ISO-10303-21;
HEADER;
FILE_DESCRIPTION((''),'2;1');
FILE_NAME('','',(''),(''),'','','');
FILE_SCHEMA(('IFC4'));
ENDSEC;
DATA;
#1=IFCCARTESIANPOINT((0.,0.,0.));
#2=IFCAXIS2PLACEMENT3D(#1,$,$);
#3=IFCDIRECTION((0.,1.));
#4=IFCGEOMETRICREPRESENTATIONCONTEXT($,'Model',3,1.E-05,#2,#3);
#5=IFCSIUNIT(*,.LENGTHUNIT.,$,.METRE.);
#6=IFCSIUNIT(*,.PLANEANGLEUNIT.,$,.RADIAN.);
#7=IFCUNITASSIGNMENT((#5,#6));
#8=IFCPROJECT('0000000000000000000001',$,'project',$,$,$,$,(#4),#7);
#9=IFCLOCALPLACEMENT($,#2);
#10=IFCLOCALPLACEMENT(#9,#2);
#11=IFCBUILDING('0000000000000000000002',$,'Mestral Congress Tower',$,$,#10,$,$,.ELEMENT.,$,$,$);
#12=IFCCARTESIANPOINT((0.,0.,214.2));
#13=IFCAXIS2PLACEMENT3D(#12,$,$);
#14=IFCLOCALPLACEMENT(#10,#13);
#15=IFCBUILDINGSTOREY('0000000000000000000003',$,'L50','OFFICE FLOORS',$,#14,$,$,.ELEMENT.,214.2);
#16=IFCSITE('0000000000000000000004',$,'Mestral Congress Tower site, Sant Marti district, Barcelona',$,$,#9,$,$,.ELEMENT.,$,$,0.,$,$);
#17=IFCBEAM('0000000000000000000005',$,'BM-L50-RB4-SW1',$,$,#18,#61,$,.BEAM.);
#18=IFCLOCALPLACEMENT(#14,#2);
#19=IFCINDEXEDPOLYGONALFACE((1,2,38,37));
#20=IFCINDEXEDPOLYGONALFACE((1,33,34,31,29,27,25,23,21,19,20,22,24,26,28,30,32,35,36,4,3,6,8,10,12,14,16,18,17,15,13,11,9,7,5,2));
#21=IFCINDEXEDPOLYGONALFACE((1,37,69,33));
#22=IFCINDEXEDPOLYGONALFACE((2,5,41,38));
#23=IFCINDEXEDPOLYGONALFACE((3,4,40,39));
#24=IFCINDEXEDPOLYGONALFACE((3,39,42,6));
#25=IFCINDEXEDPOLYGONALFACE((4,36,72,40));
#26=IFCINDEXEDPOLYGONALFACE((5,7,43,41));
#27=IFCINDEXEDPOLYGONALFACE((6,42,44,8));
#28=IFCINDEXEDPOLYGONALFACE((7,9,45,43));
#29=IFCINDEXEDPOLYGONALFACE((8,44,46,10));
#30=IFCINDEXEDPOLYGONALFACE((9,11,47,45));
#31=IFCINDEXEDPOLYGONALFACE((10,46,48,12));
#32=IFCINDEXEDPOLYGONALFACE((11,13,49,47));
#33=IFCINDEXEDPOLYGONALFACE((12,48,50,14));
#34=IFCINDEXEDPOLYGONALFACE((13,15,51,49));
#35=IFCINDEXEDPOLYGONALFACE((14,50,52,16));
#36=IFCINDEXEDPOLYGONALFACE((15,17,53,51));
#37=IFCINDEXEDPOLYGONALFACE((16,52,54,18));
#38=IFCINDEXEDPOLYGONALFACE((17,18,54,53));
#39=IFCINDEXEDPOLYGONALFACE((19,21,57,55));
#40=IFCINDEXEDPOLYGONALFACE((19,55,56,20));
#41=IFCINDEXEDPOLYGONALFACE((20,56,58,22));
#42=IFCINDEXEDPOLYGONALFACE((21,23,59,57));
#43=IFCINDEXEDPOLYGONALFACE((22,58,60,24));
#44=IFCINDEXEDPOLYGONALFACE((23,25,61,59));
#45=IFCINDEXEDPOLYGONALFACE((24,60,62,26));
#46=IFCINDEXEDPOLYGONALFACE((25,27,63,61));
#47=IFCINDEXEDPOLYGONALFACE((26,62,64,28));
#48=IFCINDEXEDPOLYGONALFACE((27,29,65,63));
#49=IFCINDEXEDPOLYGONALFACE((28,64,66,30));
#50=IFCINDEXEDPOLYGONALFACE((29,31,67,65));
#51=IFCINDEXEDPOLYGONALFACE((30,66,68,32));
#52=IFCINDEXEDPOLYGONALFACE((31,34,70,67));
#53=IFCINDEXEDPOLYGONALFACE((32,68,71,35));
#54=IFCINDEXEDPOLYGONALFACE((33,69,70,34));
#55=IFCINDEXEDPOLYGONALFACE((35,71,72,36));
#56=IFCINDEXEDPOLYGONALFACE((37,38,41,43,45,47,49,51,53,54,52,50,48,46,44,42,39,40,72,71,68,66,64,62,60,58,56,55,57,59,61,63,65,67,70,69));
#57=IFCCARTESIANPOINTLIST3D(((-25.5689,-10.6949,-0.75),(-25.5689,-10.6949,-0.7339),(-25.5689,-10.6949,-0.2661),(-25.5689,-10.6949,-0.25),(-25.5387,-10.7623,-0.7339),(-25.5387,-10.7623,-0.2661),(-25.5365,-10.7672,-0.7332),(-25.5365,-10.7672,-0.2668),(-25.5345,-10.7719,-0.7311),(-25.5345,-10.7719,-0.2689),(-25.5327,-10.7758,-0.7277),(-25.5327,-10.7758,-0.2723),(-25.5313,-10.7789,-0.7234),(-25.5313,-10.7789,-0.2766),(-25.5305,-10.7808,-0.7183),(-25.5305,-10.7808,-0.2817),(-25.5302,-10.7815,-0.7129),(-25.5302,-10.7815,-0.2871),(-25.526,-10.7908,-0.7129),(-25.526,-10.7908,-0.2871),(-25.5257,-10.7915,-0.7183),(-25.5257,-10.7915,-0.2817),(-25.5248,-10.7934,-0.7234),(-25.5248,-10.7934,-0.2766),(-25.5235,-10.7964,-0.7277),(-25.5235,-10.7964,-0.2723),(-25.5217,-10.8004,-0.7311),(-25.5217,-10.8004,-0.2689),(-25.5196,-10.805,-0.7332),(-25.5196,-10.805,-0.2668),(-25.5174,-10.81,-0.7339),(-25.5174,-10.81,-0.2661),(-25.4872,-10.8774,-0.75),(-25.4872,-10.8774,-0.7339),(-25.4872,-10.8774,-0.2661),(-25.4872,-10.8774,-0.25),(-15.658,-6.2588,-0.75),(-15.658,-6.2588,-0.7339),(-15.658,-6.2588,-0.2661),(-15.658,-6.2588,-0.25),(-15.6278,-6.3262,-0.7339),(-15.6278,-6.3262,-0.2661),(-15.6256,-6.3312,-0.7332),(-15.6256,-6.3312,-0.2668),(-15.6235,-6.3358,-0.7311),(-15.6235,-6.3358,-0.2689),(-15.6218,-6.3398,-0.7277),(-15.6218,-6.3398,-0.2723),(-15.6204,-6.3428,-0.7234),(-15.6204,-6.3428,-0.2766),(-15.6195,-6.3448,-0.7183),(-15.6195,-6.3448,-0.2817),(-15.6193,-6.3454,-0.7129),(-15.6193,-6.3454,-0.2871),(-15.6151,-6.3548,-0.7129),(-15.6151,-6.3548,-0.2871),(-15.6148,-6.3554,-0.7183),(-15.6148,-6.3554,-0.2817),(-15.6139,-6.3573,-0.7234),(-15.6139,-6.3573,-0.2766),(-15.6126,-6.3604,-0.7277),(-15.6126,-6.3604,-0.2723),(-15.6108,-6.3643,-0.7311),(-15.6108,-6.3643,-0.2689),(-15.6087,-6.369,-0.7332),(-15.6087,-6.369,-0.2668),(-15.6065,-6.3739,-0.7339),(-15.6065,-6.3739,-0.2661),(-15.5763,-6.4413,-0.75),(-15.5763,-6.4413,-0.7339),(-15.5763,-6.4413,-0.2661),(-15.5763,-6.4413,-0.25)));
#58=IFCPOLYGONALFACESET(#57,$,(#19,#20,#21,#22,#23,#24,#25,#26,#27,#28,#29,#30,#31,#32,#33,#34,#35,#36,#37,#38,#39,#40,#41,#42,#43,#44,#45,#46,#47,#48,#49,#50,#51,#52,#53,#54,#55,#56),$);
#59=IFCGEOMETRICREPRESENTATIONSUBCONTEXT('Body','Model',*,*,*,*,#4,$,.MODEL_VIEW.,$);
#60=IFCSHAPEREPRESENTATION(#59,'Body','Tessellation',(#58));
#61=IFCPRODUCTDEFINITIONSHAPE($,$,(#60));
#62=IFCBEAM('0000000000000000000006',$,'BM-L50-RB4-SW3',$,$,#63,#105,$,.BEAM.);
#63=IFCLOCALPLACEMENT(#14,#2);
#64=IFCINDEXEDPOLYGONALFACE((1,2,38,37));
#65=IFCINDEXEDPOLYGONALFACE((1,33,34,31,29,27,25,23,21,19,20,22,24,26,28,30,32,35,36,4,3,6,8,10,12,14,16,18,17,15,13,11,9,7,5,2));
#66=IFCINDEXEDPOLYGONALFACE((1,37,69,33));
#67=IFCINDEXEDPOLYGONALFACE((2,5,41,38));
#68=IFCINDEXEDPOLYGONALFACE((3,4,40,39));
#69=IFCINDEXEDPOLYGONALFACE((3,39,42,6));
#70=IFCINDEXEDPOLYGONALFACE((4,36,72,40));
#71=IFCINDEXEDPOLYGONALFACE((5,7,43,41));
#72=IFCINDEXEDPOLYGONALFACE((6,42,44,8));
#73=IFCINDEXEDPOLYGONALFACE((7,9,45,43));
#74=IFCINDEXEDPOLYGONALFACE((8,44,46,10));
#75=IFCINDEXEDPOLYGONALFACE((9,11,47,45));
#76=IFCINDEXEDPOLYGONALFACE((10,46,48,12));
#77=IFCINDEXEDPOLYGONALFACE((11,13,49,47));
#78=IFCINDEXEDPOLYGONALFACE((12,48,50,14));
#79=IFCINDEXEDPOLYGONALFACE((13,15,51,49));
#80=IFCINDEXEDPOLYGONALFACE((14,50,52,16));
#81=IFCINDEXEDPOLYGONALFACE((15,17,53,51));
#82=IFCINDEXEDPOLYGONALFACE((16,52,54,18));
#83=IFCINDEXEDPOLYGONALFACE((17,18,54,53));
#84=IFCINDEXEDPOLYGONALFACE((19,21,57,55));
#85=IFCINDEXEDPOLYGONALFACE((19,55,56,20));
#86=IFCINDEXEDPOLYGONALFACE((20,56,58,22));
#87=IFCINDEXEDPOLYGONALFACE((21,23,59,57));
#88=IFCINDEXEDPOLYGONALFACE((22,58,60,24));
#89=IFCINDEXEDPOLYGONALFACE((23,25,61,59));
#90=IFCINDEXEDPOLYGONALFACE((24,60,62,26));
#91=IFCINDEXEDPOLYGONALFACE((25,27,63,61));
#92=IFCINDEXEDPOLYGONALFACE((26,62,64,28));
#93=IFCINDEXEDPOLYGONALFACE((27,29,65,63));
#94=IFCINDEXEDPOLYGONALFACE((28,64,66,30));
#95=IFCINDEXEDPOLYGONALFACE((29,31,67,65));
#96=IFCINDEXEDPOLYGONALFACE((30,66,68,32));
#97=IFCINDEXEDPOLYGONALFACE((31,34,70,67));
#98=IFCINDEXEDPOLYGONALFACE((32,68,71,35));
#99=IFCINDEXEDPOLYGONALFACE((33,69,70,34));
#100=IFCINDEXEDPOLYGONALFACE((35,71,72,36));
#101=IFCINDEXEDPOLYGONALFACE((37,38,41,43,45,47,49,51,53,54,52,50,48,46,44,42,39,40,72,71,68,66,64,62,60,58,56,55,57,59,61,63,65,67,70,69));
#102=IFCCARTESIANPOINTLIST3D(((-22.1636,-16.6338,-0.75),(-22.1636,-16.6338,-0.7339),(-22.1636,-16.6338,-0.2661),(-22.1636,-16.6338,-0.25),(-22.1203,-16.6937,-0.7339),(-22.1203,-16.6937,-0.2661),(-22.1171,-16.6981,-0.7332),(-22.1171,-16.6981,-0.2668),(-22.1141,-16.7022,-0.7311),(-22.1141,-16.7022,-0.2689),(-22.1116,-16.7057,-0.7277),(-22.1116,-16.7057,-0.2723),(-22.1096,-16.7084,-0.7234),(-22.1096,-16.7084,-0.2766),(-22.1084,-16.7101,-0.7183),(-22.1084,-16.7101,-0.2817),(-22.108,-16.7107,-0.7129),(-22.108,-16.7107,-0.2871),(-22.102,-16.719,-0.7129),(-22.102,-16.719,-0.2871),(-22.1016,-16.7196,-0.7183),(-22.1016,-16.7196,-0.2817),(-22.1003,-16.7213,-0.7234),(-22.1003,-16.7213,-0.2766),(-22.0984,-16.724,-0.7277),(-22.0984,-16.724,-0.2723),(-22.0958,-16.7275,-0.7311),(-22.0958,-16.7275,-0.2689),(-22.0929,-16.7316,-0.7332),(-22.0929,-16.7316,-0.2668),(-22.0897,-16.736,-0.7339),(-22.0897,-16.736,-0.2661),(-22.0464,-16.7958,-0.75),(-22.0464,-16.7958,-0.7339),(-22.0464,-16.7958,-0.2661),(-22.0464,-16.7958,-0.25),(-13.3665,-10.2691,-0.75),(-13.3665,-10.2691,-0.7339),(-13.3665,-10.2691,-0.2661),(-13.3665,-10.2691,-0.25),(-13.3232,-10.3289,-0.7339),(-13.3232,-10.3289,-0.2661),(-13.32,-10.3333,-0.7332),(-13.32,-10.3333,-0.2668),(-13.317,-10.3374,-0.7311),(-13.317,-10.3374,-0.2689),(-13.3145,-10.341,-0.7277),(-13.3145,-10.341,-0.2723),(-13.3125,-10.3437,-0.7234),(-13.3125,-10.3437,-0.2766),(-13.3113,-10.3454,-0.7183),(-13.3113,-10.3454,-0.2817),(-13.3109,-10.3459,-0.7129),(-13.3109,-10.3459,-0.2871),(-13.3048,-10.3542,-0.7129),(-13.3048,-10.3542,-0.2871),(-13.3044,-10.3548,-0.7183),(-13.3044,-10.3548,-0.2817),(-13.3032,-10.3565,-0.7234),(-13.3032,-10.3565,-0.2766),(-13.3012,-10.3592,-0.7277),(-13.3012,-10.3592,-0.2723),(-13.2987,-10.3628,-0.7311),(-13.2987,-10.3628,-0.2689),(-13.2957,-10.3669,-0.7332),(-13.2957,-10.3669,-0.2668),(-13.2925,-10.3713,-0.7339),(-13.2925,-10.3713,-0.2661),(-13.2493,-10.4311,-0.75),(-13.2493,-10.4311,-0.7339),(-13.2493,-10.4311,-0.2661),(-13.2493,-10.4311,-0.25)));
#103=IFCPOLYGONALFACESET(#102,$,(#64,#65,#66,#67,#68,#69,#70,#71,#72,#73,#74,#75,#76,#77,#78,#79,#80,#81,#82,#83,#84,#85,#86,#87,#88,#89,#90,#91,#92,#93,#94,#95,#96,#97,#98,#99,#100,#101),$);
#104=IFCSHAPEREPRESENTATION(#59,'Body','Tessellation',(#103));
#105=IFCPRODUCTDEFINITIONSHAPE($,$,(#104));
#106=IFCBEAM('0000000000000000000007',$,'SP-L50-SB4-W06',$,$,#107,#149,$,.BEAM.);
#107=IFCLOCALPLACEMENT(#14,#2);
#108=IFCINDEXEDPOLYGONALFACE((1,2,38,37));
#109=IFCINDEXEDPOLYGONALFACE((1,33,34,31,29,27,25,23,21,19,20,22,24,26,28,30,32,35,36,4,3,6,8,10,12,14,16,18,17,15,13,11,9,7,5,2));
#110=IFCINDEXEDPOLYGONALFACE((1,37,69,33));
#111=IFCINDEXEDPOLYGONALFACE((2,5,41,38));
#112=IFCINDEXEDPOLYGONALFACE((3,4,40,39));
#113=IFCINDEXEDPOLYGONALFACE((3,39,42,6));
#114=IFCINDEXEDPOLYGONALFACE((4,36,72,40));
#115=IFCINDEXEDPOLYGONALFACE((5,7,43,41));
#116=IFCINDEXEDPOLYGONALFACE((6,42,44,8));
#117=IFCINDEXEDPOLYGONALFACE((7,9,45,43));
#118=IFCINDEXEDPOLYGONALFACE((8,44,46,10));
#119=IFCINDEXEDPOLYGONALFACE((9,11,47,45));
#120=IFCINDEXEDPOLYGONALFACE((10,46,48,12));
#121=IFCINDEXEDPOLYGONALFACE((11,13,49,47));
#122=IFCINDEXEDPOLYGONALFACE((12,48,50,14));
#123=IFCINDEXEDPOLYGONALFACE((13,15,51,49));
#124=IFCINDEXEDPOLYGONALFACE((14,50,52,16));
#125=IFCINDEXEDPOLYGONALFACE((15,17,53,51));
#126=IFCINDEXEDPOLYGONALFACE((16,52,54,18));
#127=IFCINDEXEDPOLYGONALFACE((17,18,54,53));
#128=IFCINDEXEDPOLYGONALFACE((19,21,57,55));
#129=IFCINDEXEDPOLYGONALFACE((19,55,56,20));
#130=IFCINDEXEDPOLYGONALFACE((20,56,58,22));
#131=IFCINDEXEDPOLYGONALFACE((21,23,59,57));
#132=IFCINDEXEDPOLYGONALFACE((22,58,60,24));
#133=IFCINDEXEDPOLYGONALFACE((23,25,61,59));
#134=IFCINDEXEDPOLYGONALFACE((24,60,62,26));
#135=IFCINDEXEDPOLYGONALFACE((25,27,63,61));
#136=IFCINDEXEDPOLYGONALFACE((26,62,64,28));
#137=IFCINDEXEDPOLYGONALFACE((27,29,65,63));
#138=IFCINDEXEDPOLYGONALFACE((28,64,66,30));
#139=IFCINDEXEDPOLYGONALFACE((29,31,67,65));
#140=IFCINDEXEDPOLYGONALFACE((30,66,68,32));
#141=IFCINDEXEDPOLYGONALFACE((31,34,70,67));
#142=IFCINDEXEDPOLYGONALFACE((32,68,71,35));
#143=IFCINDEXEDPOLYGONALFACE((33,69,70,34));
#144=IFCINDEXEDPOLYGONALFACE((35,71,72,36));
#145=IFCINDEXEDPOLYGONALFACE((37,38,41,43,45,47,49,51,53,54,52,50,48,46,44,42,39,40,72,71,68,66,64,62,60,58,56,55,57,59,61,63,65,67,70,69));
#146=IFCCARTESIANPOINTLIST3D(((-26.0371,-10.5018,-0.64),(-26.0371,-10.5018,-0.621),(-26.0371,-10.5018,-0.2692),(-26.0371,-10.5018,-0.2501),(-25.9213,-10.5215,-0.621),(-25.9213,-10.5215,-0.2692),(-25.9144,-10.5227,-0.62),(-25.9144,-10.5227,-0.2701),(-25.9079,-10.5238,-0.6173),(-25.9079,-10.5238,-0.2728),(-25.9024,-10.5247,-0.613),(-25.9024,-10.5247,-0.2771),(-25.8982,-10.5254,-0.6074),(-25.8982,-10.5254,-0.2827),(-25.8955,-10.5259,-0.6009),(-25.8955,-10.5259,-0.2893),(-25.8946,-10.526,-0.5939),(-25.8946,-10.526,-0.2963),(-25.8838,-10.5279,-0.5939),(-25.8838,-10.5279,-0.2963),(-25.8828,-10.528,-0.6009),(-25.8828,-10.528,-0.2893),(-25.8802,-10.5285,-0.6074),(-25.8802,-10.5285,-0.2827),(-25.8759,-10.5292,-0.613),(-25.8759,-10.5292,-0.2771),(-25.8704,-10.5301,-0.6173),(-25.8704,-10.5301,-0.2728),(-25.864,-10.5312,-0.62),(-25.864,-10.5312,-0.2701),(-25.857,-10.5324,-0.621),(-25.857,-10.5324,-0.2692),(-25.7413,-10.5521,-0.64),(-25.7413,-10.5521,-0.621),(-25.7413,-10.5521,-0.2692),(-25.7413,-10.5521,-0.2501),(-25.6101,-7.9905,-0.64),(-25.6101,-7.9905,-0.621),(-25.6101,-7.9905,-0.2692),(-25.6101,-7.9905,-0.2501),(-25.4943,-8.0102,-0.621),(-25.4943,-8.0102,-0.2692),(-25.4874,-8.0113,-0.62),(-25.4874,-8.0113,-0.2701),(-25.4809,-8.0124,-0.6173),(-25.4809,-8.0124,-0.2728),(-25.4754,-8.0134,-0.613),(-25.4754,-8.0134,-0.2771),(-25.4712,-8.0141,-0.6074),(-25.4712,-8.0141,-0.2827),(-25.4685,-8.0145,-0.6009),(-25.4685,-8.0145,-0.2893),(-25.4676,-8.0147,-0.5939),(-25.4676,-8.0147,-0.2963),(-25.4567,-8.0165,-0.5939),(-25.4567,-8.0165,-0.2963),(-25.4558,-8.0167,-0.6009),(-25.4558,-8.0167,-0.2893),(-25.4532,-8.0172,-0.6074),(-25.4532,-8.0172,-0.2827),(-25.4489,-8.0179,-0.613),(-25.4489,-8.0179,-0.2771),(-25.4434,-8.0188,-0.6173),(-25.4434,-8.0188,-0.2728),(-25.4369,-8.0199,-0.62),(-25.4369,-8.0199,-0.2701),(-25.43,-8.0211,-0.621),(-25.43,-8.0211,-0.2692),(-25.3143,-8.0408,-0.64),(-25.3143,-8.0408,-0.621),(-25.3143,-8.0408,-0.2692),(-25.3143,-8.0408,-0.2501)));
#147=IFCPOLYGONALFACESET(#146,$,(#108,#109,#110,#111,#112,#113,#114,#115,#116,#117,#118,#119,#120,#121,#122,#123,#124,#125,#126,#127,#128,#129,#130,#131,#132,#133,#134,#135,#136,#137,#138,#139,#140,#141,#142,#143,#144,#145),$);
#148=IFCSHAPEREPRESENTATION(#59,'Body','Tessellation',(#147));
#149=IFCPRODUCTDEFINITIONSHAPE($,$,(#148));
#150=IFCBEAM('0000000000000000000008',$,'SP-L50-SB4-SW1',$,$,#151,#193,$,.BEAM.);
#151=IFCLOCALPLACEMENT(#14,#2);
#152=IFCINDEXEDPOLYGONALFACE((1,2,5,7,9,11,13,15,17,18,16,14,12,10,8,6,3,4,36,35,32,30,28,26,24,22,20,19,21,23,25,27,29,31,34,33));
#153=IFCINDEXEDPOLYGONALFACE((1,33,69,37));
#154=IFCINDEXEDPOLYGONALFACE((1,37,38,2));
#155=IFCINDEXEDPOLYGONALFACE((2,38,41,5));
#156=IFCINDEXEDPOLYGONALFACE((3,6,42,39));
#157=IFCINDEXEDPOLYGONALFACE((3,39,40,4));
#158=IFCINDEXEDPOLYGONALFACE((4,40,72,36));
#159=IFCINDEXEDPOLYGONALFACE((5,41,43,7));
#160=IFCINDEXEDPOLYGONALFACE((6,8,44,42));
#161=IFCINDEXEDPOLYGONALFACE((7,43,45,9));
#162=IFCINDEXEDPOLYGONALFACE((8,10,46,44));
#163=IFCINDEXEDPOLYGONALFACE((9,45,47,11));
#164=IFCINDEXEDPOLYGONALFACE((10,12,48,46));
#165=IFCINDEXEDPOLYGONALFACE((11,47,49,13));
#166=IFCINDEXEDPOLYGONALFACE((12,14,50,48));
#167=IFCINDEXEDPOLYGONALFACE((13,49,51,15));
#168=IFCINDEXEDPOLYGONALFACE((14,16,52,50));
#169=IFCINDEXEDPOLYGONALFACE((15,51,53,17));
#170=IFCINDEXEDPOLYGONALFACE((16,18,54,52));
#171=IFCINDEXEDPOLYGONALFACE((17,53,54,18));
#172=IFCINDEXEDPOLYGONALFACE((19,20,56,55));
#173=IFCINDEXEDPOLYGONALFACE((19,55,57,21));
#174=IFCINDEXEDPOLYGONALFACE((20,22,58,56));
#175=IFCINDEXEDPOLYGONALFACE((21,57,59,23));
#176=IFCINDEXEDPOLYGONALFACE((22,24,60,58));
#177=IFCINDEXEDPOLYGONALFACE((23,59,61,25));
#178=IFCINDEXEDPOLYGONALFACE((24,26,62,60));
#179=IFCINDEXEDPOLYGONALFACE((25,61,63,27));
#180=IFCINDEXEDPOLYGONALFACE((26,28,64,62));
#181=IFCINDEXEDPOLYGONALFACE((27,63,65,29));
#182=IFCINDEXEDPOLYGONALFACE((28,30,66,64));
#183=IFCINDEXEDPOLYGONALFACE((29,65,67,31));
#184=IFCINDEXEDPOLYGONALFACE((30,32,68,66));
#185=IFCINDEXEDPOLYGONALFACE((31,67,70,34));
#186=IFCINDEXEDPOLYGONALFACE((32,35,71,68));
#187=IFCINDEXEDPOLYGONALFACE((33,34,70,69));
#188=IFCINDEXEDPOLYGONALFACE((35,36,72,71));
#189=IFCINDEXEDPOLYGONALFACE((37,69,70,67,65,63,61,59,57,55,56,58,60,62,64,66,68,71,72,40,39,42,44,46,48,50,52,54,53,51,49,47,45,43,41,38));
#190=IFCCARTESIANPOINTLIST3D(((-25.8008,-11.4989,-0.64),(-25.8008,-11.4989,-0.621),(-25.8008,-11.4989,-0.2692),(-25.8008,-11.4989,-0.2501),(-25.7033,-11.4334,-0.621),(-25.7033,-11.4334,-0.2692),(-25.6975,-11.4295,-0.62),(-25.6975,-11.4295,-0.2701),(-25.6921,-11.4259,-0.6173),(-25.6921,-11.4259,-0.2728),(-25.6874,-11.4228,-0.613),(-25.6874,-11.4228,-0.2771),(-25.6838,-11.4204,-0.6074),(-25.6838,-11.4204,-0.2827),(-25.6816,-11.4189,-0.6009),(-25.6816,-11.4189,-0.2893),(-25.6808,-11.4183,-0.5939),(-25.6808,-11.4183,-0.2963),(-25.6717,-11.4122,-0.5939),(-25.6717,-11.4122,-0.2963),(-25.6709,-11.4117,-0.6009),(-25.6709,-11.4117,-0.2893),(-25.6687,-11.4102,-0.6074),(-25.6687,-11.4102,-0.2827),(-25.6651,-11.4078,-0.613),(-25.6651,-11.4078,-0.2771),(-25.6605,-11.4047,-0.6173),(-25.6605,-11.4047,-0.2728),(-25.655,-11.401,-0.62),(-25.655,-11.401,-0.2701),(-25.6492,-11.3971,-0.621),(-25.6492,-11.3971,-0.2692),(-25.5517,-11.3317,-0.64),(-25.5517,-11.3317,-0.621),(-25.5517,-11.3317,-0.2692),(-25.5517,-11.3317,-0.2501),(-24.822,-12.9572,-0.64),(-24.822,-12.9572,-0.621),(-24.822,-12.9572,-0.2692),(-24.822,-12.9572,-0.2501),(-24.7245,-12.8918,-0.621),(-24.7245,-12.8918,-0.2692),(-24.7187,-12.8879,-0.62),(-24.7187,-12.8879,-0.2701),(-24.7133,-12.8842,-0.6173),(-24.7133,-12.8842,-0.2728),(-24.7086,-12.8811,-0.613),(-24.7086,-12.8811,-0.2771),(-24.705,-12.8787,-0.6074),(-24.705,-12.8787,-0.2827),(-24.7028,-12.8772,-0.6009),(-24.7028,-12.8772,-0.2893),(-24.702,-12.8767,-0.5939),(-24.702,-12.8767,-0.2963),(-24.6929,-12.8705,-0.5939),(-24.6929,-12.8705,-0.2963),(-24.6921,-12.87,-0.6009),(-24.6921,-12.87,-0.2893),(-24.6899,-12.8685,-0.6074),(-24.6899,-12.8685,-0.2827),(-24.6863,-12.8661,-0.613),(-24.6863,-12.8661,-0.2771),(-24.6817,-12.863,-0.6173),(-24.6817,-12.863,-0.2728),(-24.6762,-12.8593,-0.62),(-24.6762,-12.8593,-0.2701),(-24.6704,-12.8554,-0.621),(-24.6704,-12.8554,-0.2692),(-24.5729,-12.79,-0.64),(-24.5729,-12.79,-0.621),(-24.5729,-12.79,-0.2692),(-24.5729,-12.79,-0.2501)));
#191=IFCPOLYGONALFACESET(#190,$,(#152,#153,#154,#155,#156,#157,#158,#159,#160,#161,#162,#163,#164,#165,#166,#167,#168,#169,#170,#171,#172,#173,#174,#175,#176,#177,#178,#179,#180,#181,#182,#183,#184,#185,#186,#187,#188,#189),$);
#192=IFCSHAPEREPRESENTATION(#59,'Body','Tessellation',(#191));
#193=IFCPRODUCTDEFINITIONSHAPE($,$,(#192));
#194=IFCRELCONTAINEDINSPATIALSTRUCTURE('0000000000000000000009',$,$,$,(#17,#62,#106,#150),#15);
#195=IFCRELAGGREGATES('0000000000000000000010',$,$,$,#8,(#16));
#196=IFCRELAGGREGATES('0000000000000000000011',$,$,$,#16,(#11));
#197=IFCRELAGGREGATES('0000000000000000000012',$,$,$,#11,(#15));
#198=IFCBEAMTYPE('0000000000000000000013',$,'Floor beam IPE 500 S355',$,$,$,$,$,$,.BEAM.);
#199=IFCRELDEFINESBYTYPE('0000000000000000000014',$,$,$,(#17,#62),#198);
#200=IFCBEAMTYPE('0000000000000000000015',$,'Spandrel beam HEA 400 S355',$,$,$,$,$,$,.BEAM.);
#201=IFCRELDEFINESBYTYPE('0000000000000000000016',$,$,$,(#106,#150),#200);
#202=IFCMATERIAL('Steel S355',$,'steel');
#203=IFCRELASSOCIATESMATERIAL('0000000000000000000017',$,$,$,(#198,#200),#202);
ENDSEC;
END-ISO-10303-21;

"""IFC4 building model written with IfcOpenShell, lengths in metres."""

from ifc_helpers import new_model, si_unit, direction, frame, origin, origin_2d, place, context, subcontext, project, spatial, i_section, extrude, material, material_profile, profile_set, type_object, element, save


model = new_model("IFC4")

# Units and contexts
model_context = context("Model", 3, precision=1e-05, world=origin(), true_north=direction((0.0, 1.0)))
body_context = subcontext(model_context, "Body", "Model", "MODEL_VIEW")
ifc_project = project(units=[si_unit("LENGTHUNIT", "METRE"), si_unit("PLANEANGLEUNIT", "RADIAN")], contexts=[model_context])

# Site, building, storey
site_placement = place(None, origin())
site = spatial("IfcSite", under=ifc_project, at=site_placement, Name="Mestral Congress Tower site, Sant Marti district, Barcelona", CompositionType="ELEMENT", RefElevation=0.0)
building_placement = place(site_placement, origin())
building = spatial("IfcBuilding", under=site, at=building_placement, Name="Mestral Congress Tower", CompositionType="ELEMENT")
storey_placement = place(building_placement, frame((0.0, 0.0, 214.2)))
storey = spatial("IfcBuildingStorey", under=building, at=storey_placement, Name="L50", Description="OFFICE FLOORS", CompositionType="ELEMENT", Elevation=214.2)

# Beams
ifc_material_1 = material(Name="Steel S355", Category="steel")
ifc_material_profile_1 = material_profile(ifc_material_1, i_section(OverallWidth=0.2, OverallDepth=0.5, WebThickness=0.0103, FlangeThickness=0.0161, FilletRadius=0.021, at=origin_2d()), Name="IPE 500")
ifc_profile_set_1 = profile_set([ifc_material_profile_1], Name="Steel S355")
beam_type_1 = type_object("IfcBeamType", Name="Floor beam IPE 500 S355", PredefinedType="BEAM", material=ifc_profile_set_1)
beam_1_placement = place(storey_placement, frame((-25.5281, -10.7861, -0.5), z_axis=(0.912742, 0.408536, 0.0), x_axis=(-0.408536, 0.912742, 0.0)))
element("IfcBeam", 1, at=beam_1_placement, inside=storey, type_object=beam_type_1, Name="BM-L50-RB4-SW1", PredefinedType="BEAM", context=body_context, shape_type="SweptSolid", body=[
    extrude(i_section(OverallWidth=0.2, OverallDepth=0.5, WebThickness=0.0103, FlangeThickness=0.0161, FilletRadius=0.021, at=origin_2d()), origin(), (0.0, 0.0, 1.0), 10.8584),
])
beam_2_placement = place(storey_placement, frame((-22.105, -16.7148, -0.5), z_axis=(0.810186, 0.586173, 0.0), x_axis=(-0.586173, 0.810186, 0.0)))
element("IfcBeam", 2, at=beam_2_placement, inside=storey, type_object=beam_type_1, Name="BM-L50-RB4-SW3", PredefinedType="BEAM", context=body_context, shape_type="SweptSolid", body=[
    extrude(i_section(OverallWidth=0.2, OverallDepth=0.5, WebThickness=0.0103, FlangeThickness=0.0161, FilletRadius=0.021, at=origin_2d()), origin(), (0.0, 0.0, 1.0), 10.8582),
])
ifc_material_profile_2 = material_profile(ifc_material_1, i_section(OverallWidth=0.3, OverallDepth=0.3899, WebThickness=0.011, FlangeThickness=0.019, FilletRadius=0.0271, at=origin_2d()), Name="HEA 400")
ifc_profile_set_2 = profile_set([ifc_material_profile_2], Name="Steel S355")
beam_type_2 = type_object("IfcBeamType", Name="Spandrel beam HEA 400 S355", PredefinedType="BEAM", material=ifc_profile_set_2)
beam_3_placement = place(storey_placement, frame((-25.4622, -8.0156, -0.4451), z_axis=(-0.167631, -0.98585, 0.0), x_axis=(0.98585, -0.167631, 0.0)))
element("IfcBeam", 3, at=beam_3_placement, inside=storey, type_object=beam_type_2, Name="SP-L50-SB4-W06", PredefinedType="BEAM", context=body_context, shape_type="SweptSolid", body=[
    extrude(i_section(OverallWidth=0.3, OverallDepth=0.3899, WebThickness=0.011, FlangeThickness=0.019, FilletRadius=0.0271, at=origin_2d()), origin(), (0.0, 0.0, 1.0), 2.5474),
])
for number, where, z_axis, x_axis, name in (
    (4, (-25.6763, -11.4153, -0.4451), (0.557296, -0.830314, 0.0), (0.830314, 0.557296, 0.0), "SP-L50-SB4-SW1"),
):
    element("IfcBeam", number, at=place(storey_placement, frame(where, z_axis=z_axis, x_axis=x_axis)), inside=storey, type_object=beam_type_2, Name=name, PredefinedType="BEAM", context=body_context, shape_type="SweptSolid", body=[
        extrude(i_section(OverallWidth=0.3, OverallDepth=0.3899, WebThickness=0.011, FlangeThickness=0.019, FilletRadius=0.0271, at=origin_2d()), origin(), (0.0, 0.0, 1.0), 1.7563),
    ])

save(model, "model.ifc")
